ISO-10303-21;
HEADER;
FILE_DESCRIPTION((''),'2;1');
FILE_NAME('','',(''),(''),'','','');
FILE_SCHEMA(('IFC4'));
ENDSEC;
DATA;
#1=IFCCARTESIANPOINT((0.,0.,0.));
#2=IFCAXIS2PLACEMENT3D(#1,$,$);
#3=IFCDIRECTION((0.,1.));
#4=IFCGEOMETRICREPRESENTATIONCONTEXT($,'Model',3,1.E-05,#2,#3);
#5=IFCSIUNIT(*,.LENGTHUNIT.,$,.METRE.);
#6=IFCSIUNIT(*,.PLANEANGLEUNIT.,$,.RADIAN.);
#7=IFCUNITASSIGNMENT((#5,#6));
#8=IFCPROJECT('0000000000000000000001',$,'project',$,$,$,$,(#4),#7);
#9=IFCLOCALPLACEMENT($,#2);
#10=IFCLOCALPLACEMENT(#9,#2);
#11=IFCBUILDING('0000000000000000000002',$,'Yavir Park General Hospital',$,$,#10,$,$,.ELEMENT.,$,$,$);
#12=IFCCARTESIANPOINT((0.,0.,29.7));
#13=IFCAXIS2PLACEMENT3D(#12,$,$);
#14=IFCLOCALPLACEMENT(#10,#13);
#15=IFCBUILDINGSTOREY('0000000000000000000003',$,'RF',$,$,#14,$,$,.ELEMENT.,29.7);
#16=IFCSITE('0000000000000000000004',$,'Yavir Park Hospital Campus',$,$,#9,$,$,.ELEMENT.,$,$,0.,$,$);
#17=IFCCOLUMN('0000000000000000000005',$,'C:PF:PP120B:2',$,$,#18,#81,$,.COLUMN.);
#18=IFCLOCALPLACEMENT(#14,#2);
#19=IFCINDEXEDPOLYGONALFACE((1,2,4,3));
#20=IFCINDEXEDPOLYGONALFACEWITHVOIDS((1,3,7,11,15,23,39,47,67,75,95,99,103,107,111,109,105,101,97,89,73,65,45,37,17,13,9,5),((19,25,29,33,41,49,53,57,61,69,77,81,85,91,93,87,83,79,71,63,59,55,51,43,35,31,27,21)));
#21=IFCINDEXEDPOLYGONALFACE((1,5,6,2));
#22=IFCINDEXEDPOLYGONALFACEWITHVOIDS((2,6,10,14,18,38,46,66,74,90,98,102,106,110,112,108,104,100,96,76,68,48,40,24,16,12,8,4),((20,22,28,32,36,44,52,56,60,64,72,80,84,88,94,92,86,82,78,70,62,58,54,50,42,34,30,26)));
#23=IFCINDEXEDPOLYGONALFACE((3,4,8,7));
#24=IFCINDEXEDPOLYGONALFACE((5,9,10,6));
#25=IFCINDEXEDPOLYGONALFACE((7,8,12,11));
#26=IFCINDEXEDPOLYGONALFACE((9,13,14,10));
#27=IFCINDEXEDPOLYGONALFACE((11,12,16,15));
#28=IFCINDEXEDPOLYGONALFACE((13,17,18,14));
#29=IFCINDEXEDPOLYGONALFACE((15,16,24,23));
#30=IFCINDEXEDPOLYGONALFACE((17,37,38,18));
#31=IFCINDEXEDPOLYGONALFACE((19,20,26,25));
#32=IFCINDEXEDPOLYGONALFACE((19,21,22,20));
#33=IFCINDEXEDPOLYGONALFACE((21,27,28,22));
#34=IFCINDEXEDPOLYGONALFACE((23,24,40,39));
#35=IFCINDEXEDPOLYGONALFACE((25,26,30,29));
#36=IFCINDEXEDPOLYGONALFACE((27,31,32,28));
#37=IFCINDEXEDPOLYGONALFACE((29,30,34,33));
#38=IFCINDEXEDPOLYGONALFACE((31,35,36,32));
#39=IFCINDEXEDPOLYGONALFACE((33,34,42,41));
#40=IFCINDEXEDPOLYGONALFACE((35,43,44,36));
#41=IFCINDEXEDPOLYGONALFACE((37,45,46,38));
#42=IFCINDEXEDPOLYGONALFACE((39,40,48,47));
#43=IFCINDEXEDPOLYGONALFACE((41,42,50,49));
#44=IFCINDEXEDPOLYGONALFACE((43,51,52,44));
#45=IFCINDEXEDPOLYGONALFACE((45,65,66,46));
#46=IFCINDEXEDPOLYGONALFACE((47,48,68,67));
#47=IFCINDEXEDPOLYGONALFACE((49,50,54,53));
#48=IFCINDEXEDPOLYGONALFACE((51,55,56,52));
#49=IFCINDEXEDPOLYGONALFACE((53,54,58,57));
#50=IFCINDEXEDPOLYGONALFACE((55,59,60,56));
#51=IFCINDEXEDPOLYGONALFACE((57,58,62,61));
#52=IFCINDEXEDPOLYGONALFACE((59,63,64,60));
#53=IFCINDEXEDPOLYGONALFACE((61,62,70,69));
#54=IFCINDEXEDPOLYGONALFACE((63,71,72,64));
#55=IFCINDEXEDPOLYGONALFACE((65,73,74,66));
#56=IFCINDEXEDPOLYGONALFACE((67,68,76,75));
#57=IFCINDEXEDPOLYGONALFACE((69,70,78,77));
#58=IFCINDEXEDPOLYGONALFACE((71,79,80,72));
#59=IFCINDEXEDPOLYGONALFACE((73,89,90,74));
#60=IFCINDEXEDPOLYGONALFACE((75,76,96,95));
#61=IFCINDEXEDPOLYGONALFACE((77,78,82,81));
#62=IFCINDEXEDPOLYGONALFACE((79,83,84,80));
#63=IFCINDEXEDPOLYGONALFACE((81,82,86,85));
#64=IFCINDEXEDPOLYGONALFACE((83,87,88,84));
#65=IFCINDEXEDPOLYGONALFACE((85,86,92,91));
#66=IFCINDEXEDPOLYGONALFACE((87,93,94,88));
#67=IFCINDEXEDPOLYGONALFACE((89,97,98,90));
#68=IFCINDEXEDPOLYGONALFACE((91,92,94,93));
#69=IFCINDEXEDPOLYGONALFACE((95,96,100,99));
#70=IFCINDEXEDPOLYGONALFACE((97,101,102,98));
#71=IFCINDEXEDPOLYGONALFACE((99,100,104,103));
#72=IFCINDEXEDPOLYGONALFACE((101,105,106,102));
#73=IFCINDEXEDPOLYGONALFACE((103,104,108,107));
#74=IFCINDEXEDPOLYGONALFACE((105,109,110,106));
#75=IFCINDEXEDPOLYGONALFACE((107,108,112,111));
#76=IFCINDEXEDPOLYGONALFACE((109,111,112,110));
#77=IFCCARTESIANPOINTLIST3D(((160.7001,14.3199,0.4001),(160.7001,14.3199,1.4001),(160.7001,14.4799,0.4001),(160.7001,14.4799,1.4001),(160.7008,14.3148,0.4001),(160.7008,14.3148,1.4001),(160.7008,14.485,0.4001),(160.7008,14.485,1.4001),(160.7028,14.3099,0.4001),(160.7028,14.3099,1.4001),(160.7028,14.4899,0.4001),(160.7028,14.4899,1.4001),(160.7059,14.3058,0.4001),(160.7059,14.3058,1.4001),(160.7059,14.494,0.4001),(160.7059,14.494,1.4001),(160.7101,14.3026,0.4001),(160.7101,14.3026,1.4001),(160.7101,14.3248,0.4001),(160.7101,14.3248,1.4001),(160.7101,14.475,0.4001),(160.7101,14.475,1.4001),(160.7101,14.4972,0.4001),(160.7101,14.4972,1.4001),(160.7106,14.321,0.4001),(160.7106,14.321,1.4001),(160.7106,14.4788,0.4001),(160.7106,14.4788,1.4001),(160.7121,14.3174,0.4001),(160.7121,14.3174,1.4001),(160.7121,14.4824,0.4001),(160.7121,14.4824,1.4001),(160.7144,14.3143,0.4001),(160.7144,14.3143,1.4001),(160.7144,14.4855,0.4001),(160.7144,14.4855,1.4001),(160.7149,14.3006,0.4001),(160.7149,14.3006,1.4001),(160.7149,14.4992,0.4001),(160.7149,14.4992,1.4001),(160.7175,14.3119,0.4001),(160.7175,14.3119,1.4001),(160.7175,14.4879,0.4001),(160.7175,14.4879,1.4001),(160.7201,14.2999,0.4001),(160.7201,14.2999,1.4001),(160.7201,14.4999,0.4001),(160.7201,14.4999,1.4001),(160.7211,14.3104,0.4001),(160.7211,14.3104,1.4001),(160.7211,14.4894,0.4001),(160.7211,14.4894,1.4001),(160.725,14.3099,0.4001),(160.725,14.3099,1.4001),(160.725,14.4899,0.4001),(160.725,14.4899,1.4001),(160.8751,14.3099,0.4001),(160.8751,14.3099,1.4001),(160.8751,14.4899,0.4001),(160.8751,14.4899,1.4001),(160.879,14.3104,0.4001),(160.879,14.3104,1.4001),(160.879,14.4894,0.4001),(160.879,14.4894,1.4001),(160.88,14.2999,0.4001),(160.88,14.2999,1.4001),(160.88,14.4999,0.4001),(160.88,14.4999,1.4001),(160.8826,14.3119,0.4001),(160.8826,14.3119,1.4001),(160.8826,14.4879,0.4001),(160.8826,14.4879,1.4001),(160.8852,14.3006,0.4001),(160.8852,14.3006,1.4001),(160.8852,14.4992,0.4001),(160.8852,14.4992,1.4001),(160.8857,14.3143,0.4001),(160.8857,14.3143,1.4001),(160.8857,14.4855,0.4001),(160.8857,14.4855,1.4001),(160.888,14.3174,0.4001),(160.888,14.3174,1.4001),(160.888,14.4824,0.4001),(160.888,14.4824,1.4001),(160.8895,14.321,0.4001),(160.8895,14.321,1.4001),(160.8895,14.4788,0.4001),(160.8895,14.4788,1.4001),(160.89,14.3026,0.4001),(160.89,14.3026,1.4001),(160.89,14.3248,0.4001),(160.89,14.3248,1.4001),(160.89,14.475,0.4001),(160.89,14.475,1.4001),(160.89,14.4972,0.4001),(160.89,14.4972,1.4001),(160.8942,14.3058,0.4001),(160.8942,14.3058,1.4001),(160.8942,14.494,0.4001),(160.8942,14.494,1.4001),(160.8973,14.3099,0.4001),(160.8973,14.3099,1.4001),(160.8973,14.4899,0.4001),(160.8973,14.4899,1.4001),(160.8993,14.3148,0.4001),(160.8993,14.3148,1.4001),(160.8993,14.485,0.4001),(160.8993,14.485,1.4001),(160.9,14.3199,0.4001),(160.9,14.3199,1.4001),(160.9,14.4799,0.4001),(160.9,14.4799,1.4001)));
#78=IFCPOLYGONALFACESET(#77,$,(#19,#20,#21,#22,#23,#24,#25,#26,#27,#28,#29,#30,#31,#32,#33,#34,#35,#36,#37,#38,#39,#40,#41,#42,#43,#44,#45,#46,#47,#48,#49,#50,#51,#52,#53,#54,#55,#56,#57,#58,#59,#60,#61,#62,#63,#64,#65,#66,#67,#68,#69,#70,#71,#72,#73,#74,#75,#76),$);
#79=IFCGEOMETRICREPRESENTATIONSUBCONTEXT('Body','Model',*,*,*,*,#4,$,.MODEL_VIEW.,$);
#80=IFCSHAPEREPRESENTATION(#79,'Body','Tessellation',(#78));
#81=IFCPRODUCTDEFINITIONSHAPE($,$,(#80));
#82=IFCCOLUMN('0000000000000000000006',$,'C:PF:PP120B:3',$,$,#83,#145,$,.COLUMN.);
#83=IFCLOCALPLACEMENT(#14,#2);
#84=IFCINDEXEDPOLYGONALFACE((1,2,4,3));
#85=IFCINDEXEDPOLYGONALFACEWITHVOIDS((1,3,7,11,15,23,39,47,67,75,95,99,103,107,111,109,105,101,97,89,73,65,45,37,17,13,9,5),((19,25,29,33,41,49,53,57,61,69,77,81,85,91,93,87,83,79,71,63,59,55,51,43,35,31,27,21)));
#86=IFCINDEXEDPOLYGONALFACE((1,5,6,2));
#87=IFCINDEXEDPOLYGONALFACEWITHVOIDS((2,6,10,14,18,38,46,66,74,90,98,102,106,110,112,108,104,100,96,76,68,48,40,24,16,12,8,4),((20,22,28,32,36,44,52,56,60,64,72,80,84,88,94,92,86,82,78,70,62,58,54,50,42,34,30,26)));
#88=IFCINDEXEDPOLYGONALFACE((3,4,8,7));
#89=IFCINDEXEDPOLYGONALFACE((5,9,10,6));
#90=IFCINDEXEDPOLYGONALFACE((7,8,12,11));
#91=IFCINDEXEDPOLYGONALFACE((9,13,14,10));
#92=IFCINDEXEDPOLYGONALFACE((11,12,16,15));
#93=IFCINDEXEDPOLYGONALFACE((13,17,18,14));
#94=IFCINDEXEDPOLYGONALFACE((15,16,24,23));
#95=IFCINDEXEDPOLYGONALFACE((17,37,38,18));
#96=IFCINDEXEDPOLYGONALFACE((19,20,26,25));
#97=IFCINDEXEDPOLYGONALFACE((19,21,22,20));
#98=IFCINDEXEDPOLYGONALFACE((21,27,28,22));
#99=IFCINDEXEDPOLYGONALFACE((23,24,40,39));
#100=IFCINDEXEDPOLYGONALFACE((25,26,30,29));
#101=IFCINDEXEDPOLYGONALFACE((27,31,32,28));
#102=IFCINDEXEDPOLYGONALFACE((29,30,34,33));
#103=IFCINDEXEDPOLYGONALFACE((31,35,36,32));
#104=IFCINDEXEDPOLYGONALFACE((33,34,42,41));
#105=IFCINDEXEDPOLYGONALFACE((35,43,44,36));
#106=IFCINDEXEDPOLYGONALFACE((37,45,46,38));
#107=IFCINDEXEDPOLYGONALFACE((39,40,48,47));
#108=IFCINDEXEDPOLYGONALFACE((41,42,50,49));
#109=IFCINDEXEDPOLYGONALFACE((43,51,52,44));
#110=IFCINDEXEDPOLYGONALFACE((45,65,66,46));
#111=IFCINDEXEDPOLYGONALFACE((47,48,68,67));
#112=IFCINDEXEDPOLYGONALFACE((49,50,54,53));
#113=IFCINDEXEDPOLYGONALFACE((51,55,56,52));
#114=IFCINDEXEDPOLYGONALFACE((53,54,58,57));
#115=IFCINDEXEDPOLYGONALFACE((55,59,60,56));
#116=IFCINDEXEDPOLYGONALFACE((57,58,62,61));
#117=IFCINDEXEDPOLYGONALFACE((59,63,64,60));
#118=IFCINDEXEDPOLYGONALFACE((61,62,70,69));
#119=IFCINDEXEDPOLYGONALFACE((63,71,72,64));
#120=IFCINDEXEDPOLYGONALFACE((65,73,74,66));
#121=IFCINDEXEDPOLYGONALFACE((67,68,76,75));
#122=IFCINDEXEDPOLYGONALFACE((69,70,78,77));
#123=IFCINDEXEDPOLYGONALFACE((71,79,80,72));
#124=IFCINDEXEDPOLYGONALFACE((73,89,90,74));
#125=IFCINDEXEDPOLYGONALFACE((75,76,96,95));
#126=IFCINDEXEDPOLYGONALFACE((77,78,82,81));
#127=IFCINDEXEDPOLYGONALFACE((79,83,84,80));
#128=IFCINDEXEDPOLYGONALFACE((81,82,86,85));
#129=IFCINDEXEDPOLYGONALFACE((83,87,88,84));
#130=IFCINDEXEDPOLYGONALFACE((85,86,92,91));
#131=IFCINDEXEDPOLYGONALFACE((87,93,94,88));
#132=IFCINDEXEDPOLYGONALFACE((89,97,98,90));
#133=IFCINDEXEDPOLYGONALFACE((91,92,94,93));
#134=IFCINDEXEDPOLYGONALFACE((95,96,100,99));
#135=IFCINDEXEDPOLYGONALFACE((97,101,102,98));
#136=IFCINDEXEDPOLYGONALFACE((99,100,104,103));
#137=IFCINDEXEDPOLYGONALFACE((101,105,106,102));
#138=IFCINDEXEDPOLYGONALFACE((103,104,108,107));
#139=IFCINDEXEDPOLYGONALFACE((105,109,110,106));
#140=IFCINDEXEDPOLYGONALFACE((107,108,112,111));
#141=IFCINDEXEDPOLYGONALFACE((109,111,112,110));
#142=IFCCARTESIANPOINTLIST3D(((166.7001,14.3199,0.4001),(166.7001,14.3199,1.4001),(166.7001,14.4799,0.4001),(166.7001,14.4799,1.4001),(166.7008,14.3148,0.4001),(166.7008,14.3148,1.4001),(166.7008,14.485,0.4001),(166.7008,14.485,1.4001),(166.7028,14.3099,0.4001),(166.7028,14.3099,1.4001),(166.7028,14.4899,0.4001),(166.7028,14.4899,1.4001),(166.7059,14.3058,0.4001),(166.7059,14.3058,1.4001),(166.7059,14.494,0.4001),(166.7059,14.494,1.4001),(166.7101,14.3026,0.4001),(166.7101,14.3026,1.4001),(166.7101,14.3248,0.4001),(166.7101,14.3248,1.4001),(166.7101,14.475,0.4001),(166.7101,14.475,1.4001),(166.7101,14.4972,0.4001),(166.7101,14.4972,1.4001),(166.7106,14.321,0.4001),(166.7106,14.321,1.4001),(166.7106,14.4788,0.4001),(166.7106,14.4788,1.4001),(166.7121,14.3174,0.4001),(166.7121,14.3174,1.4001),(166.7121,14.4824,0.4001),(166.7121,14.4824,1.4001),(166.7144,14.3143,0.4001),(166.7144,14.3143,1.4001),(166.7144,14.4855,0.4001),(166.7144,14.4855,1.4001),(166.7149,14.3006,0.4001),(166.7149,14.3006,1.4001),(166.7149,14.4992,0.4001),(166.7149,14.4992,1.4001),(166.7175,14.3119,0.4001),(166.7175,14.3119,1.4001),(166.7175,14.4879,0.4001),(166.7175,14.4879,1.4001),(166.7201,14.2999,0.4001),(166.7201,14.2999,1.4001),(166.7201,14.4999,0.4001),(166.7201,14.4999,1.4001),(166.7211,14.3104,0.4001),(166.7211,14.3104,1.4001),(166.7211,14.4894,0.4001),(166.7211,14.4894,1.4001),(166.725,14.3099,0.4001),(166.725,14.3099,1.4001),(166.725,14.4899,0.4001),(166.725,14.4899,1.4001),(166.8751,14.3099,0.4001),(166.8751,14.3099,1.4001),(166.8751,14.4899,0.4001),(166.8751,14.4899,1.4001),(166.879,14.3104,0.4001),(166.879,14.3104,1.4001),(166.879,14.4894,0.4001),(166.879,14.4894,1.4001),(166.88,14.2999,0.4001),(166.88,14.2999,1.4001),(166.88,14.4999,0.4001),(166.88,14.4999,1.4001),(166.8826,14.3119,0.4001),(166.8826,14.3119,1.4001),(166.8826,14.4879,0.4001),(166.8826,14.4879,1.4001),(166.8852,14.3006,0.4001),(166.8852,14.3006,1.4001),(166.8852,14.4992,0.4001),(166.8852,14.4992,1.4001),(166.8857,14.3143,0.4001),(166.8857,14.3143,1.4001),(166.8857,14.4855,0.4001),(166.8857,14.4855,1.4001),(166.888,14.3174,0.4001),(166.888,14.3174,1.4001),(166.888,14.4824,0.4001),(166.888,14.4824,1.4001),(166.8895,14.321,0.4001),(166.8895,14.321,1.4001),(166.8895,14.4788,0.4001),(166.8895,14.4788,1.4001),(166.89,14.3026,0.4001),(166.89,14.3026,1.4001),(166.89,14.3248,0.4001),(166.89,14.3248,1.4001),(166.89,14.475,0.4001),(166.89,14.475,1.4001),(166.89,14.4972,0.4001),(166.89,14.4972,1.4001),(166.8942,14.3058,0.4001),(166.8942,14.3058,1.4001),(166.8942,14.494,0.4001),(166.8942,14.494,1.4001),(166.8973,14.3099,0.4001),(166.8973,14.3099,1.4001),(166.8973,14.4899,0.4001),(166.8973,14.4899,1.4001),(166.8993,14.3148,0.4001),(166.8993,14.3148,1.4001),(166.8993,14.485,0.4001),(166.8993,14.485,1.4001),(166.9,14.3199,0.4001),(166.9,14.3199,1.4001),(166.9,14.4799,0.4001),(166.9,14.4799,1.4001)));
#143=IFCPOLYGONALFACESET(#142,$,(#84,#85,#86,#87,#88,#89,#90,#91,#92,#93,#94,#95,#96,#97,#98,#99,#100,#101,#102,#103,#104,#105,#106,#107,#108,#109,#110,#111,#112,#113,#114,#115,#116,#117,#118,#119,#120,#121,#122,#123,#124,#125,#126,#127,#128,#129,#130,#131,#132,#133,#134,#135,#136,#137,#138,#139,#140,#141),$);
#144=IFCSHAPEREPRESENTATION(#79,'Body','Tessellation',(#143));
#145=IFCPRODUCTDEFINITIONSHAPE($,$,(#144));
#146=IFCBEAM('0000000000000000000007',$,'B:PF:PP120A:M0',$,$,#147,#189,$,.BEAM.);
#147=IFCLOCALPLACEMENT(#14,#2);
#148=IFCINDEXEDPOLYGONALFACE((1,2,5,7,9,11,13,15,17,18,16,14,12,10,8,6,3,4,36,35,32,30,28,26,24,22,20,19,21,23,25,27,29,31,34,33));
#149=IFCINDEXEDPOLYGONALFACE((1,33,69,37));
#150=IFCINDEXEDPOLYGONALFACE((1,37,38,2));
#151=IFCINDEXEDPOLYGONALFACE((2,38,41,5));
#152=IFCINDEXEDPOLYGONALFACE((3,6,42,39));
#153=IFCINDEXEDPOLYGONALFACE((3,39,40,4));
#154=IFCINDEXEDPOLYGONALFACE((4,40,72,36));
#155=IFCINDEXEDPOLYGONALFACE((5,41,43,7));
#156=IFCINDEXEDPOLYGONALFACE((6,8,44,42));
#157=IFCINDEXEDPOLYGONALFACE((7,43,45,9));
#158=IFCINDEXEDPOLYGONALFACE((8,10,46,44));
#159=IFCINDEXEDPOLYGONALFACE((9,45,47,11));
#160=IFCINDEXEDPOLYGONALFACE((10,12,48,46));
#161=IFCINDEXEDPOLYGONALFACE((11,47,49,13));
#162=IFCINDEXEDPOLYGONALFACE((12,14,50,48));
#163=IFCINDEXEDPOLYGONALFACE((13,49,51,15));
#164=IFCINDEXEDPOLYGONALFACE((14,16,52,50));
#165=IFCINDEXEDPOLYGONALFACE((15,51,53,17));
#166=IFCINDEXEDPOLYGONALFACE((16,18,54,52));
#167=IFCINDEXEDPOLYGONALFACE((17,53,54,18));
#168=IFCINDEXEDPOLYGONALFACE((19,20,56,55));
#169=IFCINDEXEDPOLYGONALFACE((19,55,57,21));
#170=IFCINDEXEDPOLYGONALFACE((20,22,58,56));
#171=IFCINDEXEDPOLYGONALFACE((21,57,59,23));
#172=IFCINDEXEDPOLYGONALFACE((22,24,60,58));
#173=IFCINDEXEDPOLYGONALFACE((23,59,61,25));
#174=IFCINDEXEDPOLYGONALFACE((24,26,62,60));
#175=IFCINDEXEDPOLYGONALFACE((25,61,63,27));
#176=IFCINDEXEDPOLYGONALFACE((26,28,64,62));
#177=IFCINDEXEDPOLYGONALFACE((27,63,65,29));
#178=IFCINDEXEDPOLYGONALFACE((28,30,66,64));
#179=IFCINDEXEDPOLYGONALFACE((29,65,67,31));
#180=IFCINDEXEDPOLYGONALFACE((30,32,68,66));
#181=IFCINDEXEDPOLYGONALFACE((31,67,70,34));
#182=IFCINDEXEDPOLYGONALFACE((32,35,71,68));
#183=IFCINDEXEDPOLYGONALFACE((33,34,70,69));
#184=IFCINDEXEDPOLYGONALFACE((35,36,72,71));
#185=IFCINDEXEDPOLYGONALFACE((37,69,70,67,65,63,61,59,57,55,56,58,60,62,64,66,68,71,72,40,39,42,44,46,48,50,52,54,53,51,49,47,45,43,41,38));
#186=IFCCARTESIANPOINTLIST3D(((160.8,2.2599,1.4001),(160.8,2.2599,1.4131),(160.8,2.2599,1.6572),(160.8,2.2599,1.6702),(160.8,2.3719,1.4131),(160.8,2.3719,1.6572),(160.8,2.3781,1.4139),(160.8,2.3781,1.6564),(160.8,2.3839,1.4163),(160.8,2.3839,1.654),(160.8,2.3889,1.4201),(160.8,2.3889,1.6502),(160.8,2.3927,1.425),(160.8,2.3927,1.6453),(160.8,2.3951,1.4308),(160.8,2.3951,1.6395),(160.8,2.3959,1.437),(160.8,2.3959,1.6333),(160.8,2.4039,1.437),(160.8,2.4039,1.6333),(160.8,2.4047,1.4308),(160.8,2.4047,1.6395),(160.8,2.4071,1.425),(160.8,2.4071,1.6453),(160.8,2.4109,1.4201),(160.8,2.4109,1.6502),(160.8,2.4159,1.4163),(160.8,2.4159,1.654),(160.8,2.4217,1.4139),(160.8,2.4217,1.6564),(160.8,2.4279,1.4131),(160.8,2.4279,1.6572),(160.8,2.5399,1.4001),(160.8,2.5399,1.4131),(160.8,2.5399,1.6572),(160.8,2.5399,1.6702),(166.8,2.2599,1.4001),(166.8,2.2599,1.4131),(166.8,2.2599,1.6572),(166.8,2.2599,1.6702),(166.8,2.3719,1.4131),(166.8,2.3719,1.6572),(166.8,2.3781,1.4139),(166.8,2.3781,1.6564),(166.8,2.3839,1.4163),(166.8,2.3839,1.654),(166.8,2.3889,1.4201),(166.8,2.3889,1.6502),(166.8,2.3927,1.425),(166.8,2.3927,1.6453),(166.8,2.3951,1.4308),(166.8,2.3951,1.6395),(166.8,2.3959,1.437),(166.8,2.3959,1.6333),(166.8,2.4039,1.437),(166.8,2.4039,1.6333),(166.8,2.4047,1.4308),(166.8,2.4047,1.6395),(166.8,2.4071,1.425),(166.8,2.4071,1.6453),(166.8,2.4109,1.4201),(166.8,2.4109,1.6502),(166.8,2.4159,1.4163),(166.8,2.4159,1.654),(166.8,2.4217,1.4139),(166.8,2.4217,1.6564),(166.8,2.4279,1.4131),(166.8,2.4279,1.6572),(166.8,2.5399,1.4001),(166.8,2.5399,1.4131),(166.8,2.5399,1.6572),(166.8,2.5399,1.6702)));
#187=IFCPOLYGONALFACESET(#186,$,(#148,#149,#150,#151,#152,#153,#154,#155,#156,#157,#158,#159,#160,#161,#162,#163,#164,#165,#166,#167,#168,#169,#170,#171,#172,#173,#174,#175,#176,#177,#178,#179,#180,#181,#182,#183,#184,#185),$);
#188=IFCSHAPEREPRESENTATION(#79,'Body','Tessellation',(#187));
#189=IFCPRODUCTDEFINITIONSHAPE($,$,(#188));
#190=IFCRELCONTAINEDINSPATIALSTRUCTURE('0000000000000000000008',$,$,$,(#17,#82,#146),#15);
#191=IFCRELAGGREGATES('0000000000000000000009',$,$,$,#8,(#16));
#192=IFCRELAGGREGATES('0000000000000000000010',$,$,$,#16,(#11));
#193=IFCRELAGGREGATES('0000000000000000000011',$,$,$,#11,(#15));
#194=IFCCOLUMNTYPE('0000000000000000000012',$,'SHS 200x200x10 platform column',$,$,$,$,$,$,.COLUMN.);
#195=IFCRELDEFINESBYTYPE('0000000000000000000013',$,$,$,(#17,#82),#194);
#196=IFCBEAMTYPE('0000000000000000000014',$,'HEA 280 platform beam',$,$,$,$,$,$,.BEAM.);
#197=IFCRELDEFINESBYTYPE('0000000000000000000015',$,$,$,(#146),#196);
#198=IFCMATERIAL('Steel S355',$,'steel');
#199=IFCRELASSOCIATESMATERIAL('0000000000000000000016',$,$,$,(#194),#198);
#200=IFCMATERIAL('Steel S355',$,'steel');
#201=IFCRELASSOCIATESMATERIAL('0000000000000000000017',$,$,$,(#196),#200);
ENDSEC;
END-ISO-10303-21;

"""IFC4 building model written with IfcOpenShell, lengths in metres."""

from ifc_helpers import new_model, si_unit, direction, frame, origin, origin_2d, place, context, subcontext, project, spatial, hollow_rectangle, i_section, extrude, material, material_profile, profile_set, type_object, element, save


model = new_model("IFC4")

# Units and contexts
model_context = context("Model", 3, precision=1e-05, world=origin(), true_north=direction((0.0, 1.0)))
body_context = subcontext(model_context, "Body", "Model", "MODEL_VIEW")
ifc_project = project(units=[si_unit("LENGTHUNIT", "METRE"), si_unit("PLANEANGLEUNIT", "RADIAN")], contexts=[model_context])

# Site, building, storey
site_placement = place(None, origin())
site = spatial("IfcSite", under=ifc_project, at=site_placement, Name="Yavir Park Hospital Campus", CompositionType="ELEMENT", RefElevation=0.0)
building_placement = place(site_placement, origin())
building = spatial("IfcBuilding", under=site, at=building_placement, Name="Yavir Park General Hospital", CompositionType="ELEMENT")
storey_placement = place(building_placement, frame((0.0, 0.0, 29.7)))
storey = spatial("IfcBuildingStorey", under=building, at=storey_placement, Name="RF", CompositionType="ELEMENT", Elevation=29.7)

# Columns
ifc_material_1 = material(Name="Steel S355", Category="steel")
ifc_material_profile_1 = material_profile(ifc_material_1, hollow_rectangle(XDim=0.2, YDim=0.2, WallThickness=0.01, InnerFilletRadius=0.0149, OuterFilletRadius=0.02, at=origin_2d()), Name="SHS200x200x10")
ifc_profile_set_1 = profile_set([ifc_material_profile_1], Name="Steel S355")
column_type_1 = type_object("IfcColumnType", Name="SHS 200x200x10 platform column", PredefinedType="COLUMN", material=ifc_profile_set_1)
for number, where, z_axis, x_axis, name in (
    (1, (160.8, 14.3999, 0.4001), (0.0, 0.0, 1.0), (1.0, 0.0, 0.0), "C:PF:PP120B:2"),
    (2, (166.8, 14.3999, 0.4001), (0.0, 0.0, 1.0), (1.0, 0.0, 0.0), "C:PF:PP120B:3"),
):
    element("IfcColumn", number, at=place(storey_placement, frame(where, z_axis=z_axis, x_axis=x_axis)), inside=storey, type_object=column_type_1, Name=name, PredefinedType="COLUMN", context=body_context, shape_type="SweptSolid", body=[
        extrude(hollow_rectangle(XDim=0.2, YDim=0.2, WallThickness=0.01, InnerFilletRadius=0.0149, OuterFilletRadius=0.02, at=origin_2d()), origin(), (0.0, 0.0, 1.0), 1.0),
    ])

# Beam
ifc_material_2 = material(Name="Steel S355", Category="steel")
ifc_material_profile_2 = material_profile(ifc_material_2, i_section(OverallWidth=0.28, OverallDepth=0.27, WebThickness=0.0081, FlangeThickness=0.0129, FilletRadius=0.0239, at=origin_2d()), Name="HEA280")
ifc_profile_set_2 = profile_set([ifc_material_profile_2], Name="Steel S355")
beam_type_1 = type_object("IfcBeamType", Name="HEA 280 platform beam", PredefinedType="BEAM", material=ifc_profile_set_2)
for number, where, z_axis, x_axis, name in (
    (3, (160.8, 2.3999, 1.5352), (1.0, 0.0, 0.0), (0.0, 1.0, 0.0), "B:PF:PP120A:M0"),
):
    element("IfcBeam", number, at=place(storey_placement, frame(where, z_axis=z_axis, x_axis=x_axis)), inside=storey, type_object=beam_type_1, Name=name, PredefinedType="BEAM", context=body_context, shape_type="SweptSolid", body=[
        extrude(i_section(OverallWidth=0.28, OverallDepth=0.27, WebThickness=0.0081, FlangeThickness=0.0129, FilletRadius=0.0239, at=origin_2d()), origin(), (0.0, 0.0, 1.0), 6.0),
    ])

save(model, "model.ifc")
